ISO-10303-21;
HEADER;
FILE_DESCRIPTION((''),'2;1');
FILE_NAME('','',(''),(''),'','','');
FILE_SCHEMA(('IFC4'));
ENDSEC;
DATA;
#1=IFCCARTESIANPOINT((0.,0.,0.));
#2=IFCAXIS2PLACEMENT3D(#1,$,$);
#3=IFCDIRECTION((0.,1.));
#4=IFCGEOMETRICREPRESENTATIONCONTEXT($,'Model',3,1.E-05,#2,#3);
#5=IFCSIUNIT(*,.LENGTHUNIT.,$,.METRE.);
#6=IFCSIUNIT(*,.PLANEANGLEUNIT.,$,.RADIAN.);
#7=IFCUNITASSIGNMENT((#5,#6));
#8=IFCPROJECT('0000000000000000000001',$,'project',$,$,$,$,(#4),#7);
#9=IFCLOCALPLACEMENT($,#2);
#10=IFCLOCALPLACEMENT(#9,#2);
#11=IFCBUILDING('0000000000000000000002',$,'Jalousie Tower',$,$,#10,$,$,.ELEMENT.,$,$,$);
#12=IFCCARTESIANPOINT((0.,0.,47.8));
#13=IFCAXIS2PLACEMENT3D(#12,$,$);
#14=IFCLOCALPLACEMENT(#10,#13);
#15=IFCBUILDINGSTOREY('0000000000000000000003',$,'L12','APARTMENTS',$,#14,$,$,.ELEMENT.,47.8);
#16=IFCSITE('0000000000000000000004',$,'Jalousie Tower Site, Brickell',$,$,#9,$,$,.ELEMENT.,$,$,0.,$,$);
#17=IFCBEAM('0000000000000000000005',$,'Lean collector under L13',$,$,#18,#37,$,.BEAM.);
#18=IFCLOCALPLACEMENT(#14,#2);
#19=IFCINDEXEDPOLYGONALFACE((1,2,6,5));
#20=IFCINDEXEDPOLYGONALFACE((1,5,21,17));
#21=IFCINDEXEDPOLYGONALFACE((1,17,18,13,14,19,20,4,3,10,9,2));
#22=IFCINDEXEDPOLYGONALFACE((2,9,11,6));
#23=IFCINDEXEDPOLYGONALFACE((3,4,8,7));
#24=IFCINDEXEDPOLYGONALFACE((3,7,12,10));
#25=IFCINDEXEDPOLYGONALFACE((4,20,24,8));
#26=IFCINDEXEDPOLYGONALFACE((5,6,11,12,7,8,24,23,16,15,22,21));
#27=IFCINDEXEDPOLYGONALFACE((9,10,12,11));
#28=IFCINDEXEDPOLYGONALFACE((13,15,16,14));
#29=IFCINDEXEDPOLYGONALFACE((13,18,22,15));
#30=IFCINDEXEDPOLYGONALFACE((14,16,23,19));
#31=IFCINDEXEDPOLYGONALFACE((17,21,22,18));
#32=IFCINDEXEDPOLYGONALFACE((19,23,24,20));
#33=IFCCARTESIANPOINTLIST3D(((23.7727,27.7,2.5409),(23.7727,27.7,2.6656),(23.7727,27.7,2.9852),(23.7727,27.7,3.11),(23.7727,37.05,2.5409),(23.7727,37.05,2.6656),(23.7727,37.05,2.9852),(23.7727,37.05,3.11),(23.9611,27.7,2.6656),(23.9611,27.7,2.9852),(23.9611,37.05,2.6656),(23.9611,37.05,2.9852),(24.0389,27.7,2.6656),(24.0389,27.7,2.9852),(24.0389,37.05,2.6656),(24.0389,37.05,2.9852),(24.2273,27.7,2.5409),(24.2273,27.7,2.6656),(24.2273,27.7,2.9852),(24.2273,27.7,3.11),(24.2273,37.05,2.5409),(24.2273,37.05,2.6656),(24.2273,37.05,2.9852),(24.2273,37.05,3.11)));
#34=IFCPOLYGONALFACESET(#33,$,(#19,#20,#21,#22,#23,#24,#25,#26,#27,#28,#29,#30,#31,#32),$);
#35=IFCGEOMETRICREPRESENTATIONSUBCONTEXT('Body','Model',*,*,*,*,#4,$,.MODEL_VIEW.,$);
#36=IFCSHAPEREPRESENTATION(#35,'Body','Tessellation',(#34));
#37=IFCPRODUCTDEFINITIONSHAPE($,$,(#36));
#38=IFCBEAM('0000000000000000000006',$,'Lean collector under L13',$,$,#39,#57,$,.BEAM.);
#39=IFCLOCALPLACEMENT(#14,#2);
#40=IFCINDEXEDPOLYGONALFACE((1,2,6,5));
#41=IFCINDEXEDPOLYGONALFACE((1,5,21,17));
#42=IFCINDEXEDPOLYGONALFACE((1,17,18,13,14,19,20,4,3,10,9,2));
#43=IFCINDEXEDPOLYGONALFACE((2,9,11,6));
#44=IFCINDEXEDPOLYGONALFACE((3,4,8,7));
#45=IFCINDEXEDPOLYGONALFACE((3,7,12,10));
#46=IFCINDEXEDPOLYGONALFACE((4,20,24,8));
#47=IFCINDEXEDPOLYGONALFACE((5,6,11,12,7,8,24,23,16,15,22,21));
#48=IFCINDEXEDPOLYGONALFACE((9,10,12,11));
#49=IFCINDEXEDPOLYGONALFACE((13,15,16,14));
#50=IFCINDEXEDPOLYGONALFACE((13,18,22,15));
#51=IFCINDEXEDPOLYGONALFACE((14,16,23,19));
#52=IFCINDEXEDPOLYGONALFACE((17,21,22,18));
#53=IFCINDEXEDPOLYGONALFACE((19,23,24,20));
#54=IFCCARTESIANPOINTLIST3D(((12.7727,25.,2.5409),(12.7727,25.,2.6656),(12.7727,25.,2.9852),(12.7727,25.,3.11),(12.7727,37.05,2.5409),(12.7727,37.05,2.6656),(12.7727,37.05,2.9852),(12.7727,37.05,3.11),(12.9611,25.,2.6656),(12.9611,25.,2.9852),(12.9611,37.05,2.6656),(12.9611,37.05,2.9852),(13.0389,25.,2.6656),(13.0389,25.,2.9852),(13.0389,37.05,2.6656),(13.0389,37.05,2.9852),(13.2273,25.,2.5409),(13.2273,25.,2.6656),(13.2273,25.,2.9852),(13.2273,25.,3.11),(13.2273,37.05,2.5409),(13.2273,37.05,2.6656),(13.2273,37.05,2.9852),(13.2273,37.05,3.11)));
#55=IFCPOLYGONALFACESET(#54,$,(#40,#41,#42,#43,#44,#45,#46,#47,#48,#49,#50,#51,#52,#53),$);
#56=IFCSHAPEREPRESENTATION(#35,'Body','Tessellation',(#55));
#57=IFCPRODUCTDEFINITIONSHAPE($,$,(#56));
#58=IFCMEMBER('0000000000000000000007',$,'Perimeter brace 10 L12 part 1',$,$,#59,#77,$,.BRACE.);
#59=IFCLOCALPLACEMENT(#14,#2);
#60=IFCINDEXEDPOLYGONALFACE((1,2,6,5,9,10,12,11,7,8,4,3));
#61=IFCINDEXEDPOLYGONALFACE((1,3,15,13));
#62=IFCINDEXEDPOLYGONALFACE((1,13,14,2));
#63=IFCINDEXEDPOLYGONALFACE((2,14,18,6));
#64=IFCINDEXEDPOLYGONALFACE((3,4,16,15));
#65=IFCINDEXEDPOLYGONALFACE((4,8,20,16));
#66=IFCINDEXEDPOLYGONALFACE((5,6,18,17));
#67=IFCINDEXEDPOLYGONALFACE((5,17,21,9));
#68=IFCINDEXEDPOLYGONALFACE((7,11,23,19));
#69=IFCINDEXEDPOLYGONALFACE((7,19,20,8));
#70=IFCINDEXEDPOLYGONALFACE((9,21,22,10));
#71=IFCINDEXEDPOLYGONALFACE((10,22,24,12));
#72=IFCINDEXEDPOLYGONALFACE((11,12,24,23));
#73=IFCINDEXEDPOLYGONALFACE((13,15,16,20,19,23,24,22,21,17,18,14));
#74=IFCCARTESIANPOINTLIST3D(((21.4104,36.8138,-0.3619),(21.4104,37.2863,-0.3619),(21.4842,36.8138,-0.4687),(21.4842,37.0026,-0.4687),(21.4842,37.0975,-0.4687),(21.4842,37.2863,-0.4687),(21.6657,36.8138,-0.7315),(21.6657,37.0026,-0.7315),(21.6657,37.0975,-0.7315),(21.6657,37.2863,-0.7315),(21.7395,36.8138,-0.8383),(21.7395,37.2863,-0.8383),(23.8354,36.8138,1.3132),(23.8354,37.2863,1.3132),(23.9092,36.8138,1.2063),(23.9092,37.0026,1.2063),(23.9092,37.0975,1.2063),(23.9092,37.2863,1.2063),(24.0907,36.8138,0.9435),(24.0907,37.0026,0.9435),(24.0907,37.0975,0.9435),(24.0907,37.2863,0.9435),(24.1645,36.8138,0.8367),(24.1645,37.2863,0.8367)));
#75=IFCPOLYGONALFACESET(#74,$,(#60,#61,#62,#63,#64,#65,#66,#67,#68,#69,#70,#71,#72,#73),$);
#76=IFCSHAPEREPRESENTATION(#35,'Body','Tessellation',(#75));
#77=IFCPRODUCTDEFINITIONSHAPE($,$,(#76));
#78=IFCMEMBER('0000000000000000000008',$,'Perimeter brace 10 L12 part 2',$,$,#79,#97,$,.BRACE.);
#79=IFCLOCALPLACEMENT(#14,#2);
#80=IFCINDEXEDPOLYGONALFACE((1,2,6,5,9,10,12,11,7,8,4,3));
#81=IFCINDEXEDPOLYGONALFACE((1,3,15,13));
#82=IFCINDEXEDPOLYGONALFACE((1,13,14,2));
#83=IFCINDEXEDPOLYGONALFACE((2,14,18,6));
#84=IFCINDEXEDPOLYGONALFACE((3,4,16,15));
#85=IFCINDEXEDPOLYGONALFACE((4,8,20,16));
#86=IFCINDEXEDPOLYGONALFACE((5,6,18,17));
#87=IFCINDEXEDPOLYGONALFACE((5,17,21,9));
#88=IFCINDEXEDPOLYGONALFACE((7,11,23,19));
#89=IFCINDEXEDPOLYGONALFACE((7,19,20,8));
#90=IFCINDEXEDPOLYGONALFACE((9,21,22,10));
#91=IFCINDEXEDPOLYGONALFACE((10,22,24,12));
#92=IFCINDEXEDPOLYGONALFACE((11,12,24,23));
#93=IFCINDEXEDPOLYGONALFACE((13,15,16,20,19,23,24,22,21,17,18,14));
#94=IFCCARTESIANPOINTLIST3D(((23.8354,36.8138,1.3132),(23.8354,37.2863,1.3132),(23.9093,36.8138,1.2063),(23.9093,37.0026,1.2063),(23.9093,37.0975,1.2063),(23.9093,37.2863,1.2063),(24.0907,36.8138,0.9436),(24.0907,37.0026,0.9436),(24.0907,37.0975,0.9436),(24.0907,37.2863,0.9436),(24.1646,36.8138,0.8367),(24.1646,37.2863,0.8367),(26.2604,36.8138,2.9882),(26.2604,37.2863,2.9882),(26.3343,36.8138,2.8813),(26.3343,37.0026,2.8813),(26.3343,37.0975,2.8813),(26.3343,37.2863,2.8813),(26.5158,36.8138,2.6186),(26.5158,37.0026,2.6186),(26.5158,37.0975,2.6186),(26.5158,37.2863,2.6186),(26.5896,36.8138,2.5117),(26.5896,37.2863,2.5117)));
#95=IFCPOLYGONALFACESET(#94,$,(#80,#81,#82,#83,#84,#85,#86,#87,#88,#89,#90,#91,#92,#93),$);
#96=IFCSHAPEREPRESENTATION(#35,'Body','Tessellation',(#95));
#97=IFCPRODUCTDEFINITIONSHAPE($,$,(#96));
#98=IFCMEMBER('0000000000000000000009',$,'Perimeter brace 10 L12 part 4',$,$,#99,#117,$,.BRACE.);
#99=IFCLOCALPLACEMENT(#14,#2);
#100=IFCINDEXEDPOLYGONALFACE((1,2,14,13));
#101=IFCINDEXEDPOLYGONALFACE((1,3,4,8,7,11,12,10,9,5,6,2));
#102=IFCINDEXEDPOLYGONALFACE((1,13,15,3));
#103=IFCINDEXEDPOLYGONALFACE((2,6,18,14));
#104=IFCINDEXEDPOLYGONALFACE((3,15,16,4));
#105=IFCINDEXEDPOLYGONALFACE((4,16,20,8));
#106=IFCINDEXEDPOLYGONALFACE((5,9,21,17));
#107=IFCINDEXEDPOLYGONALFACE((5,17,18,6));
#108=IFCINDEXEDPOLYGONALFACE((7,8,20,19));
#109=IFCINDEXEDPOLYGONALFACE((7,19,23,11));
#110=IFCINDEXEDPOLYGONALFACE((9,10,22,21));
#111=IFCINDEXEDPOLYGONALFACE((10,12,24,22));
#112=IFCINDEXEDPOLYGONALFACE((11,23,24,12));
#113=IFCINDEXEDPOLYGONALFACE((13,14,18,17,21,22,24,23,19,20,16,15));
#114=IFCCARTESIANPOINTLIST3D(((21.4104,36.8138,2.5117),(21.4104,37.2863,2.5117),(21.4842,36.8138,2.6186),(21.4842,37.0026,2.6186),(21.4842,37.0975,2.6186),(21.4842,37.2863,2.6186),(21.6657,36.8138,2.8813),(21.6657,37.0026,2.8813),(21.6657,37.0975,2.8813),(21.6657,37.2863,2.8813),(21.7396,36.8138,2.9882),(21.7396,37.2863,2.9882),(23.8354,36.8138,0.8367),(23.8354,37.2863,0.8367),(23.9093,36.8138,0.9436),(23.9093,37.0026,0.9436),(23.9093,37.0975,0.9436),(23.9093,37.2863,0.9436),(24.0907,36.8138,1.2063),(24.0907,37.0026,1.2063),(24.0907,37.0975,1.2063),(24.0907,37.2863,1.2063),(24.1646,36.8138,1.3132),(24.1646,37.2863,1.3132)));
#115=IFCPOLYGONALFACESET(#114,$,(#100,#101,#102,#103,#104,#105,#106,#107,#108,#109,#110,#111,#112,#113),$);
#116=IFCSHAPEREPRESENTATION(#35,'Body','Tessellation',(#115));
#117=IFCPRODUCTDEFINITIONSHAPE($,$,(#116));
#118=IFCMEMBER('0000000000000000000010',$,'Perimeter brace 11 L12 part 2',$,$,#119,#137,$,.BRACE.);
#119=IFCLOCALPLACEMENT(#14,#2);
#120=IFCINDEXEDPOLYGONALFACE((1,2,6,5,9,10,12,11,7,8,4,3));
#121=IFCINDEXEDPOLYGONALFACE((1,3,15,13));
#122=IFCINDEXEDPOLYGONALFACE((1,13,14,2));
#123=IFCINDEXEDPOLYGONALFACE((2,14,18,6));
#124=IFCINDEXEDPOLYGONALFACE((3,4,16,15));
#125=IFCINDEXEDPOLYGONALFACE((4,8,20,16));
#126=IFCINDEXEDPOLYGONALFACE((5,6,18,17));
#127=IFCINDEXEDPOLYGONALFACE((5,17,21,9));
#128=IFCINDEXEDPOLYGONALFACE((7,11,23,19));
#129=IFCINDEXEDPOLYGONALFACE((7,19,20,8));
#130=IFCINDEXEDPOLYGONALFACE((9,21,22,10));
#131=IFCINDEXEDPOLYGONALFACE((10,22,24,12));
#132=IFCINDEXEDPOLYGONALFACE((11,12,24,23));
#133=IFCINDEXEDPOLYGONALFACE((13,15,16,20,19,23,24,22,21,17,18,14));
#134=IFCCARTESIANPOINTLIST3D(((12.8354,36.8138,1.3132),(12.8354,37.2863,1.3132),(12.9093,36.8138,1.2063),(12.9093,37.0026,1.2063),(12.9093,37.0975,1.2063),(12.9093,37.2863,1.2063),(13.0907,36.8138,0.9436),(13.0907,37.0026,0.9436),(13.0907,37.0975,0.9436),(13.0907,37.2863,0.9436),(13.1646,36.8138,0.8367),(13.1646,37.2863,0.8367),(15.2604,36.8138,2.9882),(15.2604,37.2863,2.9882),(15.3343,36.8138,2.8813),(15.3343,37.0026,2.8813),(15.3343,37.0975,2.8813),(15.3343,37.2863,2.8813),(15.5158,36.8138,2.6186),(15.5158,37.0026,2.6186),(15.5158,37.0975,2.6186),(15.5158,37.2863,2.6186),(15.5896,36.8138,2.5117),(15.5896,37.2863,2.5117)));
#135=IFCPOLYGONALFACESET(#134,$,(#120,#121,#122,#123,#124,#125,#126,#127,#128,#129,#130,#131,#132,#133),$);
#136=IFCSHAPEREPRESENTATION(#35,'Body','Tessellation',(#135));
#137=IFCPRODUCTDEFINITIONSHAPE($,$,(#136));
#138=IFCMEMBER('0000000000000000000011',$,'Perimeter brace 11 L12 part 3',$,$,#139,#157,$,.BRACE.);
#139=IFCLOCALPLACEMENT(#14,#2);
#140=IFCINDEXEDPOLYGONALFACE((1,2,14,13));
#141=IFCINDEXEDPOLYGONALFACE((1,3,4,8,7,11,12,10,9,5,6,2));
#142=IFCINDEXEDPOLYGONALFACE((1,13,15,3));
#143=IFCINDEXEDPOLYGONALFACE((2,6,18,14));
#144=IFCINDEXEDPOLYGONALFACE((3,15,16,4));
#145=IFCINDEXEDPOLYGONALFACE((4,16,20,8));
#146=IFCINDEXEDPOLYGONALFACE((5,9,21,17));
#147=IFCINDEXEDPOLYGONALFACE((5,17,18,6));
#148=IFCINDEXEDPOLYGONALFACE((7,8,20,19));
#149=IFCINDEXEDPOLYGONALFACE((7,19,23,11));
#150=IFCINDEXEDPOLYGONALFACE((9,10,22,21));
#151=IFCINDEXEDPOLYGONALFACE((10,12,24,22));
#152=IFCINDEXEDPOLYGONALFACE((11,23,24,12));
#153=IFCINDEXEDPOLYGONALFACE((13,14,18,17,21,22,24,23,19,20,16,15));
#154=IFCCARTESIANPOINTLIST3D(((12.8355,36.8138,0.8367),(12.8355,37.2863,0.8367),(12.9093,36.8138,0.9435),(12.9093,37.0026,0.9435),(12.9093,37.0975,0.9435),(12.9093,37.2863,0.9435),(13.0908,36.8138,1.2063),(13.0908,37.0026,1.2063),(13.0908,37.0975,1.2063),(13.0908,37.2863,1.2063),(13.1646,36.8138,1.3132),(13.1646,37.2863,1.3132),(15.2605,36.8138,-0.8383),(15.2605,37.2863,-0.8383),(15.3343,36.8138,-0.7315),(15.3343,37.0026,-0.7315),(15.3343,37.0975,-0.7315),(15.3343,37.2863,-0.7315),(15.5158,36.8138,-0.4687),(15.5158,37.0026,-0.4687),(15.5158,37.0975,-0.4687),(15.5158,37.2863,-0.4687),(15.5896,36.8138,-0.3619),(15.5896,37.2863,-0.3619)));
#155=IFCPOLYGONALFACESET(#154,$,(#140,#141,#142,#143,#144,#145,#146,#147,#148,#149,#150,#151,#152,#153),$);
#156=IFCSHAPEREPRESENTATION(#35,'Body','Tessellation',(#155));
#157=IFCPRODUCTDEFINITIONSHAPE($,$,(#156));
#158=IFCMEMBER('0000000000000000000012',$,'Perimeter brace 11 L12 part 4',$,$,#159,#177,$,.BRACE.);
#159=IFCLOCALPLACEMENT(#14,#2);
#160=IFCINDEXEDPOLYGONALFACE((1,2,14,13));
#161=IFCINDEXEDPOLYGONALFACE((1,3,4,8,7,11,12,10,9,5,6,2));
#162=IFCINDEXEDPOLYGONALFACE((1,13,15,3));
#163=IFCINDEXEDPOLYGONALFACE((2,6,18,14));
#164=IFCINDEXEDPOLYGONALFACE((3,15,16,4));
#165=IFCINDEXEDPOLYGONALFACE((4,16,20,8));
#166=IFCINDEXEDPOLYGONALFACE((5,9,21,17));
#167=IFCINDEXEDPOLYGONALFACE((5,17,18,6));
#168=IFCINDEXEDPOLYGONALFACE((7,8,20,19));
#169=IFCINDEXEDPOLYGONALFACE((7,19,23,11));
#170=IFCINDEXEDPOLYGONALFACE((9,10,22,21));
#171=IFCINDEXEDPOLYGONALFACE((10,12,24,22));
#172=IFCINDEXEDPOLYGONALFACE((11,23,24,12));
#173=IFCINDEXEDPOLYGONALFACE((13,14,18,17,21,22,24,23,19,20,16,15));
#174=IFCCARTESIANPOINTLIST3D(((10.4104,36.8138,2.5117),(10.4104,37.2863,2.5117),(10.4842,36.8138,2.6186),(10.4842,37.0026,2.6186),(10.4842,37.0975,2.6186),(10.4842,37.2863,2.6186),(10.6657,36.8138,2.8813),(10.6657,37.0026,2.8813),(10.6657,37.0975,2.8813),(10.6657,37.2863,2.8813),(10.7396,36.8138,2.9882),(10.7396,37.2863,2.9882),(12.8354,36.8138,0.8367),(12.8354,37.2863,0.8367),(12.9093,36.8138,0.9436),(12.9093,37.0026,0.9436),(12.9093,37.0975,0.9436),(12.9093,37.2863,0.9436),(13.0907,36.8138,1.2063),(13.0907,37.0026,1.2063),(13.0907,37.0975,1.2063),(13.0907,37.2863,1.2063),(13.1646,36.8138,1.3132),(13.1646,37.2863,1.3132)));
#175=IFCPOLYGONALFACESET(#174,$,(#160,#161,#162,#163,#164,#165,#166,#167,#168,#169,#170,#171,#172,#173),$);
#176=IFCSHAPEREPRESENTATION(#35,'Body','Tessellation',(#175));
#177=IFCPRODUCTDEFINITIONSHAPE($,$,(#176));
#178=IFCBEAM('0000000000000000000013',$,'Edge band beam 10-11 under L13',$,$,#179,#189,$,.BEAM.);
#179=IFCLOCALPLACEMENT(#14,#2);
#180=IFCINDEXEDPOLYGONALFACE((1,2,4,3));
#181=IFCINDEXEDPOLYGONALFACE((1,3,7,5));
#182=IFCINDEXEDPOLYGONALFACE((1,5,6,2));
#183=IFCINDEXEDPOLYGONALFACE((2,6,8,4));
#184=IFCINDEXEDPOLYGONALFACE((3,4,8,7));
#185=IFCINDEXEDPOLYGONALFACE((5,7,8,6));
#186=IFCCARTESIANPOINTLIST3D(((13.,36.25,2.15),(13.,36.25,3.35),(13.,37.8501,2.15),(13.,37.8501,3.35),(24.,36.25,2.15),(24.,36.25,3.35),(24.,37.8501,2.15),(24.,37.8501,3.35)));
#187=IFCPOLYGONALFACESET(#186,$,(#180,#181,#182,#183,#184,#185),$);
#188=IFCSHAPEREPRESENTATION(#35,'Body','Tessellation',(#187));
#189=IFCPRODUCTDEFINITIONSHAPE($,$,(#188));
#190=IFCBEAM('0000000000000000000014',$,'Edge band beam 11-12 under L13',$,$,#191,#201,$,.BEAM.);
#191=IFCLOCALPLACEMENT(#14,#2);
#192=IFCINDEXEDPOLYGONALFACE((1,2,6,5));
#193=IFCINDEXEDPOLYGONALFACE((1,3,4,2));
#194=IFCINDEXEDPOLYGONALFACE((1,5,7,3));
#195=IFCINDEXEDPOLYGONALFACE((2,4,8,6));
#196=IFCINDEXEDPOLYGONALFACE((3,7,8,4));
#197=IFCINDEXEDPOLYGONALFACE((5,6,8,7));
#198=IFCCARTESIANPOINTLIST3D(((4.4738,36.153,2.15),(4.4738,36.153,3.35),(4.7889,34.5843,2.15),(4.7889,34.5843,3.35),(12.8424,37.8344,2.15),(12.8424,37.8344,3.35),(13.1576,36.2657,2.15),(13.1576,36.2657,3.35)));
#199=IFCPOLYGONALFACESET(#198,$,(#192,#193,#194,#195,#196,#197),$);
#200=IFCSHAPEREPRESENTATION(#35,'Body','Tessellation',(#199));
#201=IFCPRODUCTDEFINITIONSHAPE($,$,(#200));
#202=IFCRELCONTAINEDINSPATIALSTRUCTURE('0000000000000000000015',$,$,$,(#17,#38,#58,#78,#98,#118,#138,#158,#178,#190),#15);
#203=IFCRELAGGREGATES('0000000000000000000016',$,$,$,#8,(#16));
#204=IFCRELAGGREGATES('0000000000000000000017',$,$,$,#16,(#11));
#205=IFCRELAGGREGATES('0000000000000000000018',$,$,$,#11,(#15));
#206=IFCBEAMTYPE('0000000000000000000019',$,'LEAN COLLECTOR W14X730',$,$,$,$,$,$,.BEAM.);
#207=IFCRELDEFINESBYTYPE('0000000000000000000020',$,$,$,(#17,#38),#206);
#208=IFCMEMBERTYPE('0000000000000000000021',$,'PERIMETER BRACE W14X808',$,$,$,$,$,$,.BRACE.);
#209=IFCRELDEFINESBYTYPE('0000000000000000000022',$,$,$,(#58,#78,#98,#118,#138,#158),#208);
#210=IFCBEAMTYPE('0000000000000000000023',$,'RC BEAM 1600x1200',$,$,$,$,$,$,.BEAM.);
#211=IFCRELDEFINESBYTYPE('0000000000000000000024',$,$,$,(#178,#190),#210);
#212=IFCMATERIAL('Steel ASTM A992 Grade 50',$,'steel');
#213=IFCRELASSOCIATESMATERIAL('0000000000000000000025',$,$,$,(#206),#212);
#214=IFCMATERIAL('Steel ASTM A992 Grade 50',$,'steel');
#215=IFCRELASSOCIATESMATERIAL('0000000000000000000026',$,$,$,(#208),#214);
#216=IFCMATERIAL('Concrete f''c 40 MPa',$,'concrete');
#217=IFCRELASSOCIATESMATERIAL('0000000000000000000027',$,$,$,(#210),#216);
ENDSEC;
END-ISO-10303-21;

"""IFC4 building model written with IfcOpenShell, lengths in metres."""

from ifc_helpers import new_model, si_unit, direction, frame, origin, origin_2d, place, context, subcontext, project, spatial, rectangle, i_section, extrude, material, material_profile, profile_set, type_object, element, save


model = new_model("IFC4")

# Units and contexts
model_context = context("Model", 3, precision=1e-05, world=origin(), true_north=direction((0.0, 1.0)))
body_context = subcontext(model_context, "Body", "Model", "MODEL_VIEW")
ifc_project = project(units=[si_unit("LENGTHUNIT", "METRE"), si_unit("PLANEANGLEUNIT", "RADIAN")], contexts=[model_context])

# Site, building, storey
site_placement = place(None, origin())
site = spatial("IfcSite", under=ifc_project, at=site_placement, Name="Jalousie Tower Site, Brickell", CompositionType="ELEMENT", RefElevation=0.0)
building_placement = place(site_placement, origin())
building = spatial("IfcBuilding", under=site, at=building_placement, Name="Jalousie Tower", CompositionType="ELEMENT")
storey_placement = place(building_placement, frame((0.0, 0.0, 47.8)))
storey = spatial("IfcBuildingStorey", under=building, at=storey_placement, Name="L12", Description="APARTMENTS", CompositionType="ELEMENT", Elevation=47.8)

# Beams
ifc_material_1 = material(Name="Steel ASTM A992 Grade 50", Category="steel")
ifc_material_profile_1 = material_profile(ifc_material_1, i_section(OverallWidth=0.4546, OverallDepth=0.5691, WebThickness=0.0779, FlangeThickness=0.1248, at=origin_2d()), Name="W14X730")
ifc_profile_set_1 = profile_set([ifc_material_profile_1], Name="Steel ASTM A992 Grade 50")
beam_type_1 = type_object("IfcBeamType", Name="LEAN COLLECTOR W14X730", PredefinedType="BEAM", material=ifc_profile_set_1)
beam_1_placement = place(storey_placement, frame((24.0, 37.05, 2.8254), z_axis=(0.0, -1.0, 0.0), x_axis=(1.0, 0.0, 0.0)))
element("IfcBeam", 1, at=beam_1_placement, inside=storey, type_object=beam_type_1, Name="Lean collector under L13", PredefinedType="BEAM", context=body_context, shape_type="SweptSolid", body=[
    extrude(i_section(OverallWidth=0.4546, OverallDepth=0.5691, WebThickness=0.0779, FlangeThickness=0.1248, at=origin_2d()), origin(), (0.0, 0.0, 1.0), 9.3501),
])
beam_2_placement = place(storey_placement, frame((13.0, 37.05, 2.8254), z_axis=(0.0, -1.0, 0.0), x_axis=(1.0, 0.0, 0.0)))
element("IfcBeam", 2, at=beam_2_placement, inside=storey, type_object=beam_type_1, Name="Lean collector under L13", PredefinedType="BEAM", context=body_context, shape_type="SweptSolid", body=[
    extrude(i_section(OverallWidth=0.4546, OverallDepth=0.5691, WebThickness=0.0779, FlangeThickness=0.1248, at=origin_2d()), origin(), (0.0, 0.0, 1.0), 12.05),
])

# Members
ifc_material_2 = material(Name="Steel ASTM A992 Grade 50", Category="steel")
ifc_material_profile_2 = material_profile(ifc_material_2, i_section(OverallWidth=0.4724, OverallDepth=0.5791, WebThickness=0.095, FlangeThickness=0.1299, at=origin_2d()), Name="W14X808")
ifc_profile_set_2 = profile_set([ifc_material_profile_2], Name="Steel ASTM A992 Grade 50")
member_type_1 = type_object("IfcMemberType", Name="PERIMETER BRACE W14X808", PredefinedType="BRACE", material=ifc_profile_set_2)
for number, where, z_axis, x_axis, name in (
    (3, (21.575, 37.05, -0.6001), (0.8228, 0.0, 0.568331), (0.0, 1.0, 0.0), "Perimeter brace 10 L12 part 1"),
    (4, (24.0, 37.05, 1.075), (0.8228, 0.0, 0.568331), (0.0, 1.0, 0.0), "Perimeter brace 10 L12 part 2"),
    (5, (24.0, 37.05, 1.075), (-0.8228, 0.0, 0.568331), (0.0, -1.0, 0.0), "Perimeter brace 10 L12 part 4"),
    (6, (13.0, 37.05, 1.075), (0.8228, 0.0, 0.568331), (0.0, 1.0, 0.0), "Perimeter brace 11 L12 part 2"),
    (7, (15.425, 37.05, -0.6001), (-0.8228, 0.0, 0.568331), (0.0, -1.0, 0.0), "Perimeter brace 11 L12 part 3"),
    (8, (13.0, 37.05, 1.075), (-0.8228, 0.0, 0.568331), (0.0, -1.0, 0.0), "Perimeter brace 11 L12 part 4"),
):
    element("IfcMember", number, at=place(storey_placement, frame(where, z_axis=z_axis, x_axis=x_axis)), inside=storey, type_object=member_type_1, Name=name, PredefinedType="BRACE", context=body_context, shape_type="SweptSolid", body=[
        extrude(i_section(OverallWidth=0.4724, OverallDepth=0.5791, WebThickness=0.095, FlangeThickness=0.1299, at=origin_2d()), origin(), (0.0, 0.0, 1.0), 2.9473),
    ])

# Beams
ifc_material_3 = material(Name="Concrete f'c 40 MPa", Category="concrete")
ifc_material_profile_3 = material_profile(ifc_material_3, rectangle(XDim=1.6001, YDim=1.2, at=origin_2d()), Name="RC 1600x1200")
ifc_profile_set_3 = profile_set([ifc_material_profile_3], Name="Concrete f'c 40 MPa")
beam_type_2 = type_object("IfcBeamType", Name="RC BEAM 1600x1200", PredefinedType="BEAM", material=ifc_profile_set_3)
beam_3_placement = place(storey_placement, frame((24.0, 37.05, 2.75), z_axis=(-1.0, 0.0, 0.0), x_axis=(0.0, -1.0, 0.0)))
element("IfcBeam", 9, at=beam_3_placement, inside=storey, type_object=beam_type_2, Name="Edge band beam 10-11 under L13", PredefinedType="BEAM", context=body_context, shape_type="SweptSolid", body=[
    extrude(rectangle(XDim=1.6001, YDim=1.2, at=origin_2d()), origin(), (0.0, 0.0, 1.0), 11.0),
])
beam_4_placement = place(storey_placement, frame((13.0, 37.05, 2.75), z_axis=(-0.980408, -0.19698, 0.0), x_axis=(0.19698, -0.980408, 0.0)))
element("IfcBeam", 10, at=beam_4_placement, inside=storey, type_object=beam_type_2, Name="Edge band beam 11-12 under L13", PredefinedType="BEAM", context=body_context, shape_type="SweptSolid", body=[
    extrude(rectangle(XDim=1.6001, YDim=1.2, at=origin_2d()), origin(), (0.0, 0.0, 1.0), 8.5359),
])

save(model, "model.ifc")
